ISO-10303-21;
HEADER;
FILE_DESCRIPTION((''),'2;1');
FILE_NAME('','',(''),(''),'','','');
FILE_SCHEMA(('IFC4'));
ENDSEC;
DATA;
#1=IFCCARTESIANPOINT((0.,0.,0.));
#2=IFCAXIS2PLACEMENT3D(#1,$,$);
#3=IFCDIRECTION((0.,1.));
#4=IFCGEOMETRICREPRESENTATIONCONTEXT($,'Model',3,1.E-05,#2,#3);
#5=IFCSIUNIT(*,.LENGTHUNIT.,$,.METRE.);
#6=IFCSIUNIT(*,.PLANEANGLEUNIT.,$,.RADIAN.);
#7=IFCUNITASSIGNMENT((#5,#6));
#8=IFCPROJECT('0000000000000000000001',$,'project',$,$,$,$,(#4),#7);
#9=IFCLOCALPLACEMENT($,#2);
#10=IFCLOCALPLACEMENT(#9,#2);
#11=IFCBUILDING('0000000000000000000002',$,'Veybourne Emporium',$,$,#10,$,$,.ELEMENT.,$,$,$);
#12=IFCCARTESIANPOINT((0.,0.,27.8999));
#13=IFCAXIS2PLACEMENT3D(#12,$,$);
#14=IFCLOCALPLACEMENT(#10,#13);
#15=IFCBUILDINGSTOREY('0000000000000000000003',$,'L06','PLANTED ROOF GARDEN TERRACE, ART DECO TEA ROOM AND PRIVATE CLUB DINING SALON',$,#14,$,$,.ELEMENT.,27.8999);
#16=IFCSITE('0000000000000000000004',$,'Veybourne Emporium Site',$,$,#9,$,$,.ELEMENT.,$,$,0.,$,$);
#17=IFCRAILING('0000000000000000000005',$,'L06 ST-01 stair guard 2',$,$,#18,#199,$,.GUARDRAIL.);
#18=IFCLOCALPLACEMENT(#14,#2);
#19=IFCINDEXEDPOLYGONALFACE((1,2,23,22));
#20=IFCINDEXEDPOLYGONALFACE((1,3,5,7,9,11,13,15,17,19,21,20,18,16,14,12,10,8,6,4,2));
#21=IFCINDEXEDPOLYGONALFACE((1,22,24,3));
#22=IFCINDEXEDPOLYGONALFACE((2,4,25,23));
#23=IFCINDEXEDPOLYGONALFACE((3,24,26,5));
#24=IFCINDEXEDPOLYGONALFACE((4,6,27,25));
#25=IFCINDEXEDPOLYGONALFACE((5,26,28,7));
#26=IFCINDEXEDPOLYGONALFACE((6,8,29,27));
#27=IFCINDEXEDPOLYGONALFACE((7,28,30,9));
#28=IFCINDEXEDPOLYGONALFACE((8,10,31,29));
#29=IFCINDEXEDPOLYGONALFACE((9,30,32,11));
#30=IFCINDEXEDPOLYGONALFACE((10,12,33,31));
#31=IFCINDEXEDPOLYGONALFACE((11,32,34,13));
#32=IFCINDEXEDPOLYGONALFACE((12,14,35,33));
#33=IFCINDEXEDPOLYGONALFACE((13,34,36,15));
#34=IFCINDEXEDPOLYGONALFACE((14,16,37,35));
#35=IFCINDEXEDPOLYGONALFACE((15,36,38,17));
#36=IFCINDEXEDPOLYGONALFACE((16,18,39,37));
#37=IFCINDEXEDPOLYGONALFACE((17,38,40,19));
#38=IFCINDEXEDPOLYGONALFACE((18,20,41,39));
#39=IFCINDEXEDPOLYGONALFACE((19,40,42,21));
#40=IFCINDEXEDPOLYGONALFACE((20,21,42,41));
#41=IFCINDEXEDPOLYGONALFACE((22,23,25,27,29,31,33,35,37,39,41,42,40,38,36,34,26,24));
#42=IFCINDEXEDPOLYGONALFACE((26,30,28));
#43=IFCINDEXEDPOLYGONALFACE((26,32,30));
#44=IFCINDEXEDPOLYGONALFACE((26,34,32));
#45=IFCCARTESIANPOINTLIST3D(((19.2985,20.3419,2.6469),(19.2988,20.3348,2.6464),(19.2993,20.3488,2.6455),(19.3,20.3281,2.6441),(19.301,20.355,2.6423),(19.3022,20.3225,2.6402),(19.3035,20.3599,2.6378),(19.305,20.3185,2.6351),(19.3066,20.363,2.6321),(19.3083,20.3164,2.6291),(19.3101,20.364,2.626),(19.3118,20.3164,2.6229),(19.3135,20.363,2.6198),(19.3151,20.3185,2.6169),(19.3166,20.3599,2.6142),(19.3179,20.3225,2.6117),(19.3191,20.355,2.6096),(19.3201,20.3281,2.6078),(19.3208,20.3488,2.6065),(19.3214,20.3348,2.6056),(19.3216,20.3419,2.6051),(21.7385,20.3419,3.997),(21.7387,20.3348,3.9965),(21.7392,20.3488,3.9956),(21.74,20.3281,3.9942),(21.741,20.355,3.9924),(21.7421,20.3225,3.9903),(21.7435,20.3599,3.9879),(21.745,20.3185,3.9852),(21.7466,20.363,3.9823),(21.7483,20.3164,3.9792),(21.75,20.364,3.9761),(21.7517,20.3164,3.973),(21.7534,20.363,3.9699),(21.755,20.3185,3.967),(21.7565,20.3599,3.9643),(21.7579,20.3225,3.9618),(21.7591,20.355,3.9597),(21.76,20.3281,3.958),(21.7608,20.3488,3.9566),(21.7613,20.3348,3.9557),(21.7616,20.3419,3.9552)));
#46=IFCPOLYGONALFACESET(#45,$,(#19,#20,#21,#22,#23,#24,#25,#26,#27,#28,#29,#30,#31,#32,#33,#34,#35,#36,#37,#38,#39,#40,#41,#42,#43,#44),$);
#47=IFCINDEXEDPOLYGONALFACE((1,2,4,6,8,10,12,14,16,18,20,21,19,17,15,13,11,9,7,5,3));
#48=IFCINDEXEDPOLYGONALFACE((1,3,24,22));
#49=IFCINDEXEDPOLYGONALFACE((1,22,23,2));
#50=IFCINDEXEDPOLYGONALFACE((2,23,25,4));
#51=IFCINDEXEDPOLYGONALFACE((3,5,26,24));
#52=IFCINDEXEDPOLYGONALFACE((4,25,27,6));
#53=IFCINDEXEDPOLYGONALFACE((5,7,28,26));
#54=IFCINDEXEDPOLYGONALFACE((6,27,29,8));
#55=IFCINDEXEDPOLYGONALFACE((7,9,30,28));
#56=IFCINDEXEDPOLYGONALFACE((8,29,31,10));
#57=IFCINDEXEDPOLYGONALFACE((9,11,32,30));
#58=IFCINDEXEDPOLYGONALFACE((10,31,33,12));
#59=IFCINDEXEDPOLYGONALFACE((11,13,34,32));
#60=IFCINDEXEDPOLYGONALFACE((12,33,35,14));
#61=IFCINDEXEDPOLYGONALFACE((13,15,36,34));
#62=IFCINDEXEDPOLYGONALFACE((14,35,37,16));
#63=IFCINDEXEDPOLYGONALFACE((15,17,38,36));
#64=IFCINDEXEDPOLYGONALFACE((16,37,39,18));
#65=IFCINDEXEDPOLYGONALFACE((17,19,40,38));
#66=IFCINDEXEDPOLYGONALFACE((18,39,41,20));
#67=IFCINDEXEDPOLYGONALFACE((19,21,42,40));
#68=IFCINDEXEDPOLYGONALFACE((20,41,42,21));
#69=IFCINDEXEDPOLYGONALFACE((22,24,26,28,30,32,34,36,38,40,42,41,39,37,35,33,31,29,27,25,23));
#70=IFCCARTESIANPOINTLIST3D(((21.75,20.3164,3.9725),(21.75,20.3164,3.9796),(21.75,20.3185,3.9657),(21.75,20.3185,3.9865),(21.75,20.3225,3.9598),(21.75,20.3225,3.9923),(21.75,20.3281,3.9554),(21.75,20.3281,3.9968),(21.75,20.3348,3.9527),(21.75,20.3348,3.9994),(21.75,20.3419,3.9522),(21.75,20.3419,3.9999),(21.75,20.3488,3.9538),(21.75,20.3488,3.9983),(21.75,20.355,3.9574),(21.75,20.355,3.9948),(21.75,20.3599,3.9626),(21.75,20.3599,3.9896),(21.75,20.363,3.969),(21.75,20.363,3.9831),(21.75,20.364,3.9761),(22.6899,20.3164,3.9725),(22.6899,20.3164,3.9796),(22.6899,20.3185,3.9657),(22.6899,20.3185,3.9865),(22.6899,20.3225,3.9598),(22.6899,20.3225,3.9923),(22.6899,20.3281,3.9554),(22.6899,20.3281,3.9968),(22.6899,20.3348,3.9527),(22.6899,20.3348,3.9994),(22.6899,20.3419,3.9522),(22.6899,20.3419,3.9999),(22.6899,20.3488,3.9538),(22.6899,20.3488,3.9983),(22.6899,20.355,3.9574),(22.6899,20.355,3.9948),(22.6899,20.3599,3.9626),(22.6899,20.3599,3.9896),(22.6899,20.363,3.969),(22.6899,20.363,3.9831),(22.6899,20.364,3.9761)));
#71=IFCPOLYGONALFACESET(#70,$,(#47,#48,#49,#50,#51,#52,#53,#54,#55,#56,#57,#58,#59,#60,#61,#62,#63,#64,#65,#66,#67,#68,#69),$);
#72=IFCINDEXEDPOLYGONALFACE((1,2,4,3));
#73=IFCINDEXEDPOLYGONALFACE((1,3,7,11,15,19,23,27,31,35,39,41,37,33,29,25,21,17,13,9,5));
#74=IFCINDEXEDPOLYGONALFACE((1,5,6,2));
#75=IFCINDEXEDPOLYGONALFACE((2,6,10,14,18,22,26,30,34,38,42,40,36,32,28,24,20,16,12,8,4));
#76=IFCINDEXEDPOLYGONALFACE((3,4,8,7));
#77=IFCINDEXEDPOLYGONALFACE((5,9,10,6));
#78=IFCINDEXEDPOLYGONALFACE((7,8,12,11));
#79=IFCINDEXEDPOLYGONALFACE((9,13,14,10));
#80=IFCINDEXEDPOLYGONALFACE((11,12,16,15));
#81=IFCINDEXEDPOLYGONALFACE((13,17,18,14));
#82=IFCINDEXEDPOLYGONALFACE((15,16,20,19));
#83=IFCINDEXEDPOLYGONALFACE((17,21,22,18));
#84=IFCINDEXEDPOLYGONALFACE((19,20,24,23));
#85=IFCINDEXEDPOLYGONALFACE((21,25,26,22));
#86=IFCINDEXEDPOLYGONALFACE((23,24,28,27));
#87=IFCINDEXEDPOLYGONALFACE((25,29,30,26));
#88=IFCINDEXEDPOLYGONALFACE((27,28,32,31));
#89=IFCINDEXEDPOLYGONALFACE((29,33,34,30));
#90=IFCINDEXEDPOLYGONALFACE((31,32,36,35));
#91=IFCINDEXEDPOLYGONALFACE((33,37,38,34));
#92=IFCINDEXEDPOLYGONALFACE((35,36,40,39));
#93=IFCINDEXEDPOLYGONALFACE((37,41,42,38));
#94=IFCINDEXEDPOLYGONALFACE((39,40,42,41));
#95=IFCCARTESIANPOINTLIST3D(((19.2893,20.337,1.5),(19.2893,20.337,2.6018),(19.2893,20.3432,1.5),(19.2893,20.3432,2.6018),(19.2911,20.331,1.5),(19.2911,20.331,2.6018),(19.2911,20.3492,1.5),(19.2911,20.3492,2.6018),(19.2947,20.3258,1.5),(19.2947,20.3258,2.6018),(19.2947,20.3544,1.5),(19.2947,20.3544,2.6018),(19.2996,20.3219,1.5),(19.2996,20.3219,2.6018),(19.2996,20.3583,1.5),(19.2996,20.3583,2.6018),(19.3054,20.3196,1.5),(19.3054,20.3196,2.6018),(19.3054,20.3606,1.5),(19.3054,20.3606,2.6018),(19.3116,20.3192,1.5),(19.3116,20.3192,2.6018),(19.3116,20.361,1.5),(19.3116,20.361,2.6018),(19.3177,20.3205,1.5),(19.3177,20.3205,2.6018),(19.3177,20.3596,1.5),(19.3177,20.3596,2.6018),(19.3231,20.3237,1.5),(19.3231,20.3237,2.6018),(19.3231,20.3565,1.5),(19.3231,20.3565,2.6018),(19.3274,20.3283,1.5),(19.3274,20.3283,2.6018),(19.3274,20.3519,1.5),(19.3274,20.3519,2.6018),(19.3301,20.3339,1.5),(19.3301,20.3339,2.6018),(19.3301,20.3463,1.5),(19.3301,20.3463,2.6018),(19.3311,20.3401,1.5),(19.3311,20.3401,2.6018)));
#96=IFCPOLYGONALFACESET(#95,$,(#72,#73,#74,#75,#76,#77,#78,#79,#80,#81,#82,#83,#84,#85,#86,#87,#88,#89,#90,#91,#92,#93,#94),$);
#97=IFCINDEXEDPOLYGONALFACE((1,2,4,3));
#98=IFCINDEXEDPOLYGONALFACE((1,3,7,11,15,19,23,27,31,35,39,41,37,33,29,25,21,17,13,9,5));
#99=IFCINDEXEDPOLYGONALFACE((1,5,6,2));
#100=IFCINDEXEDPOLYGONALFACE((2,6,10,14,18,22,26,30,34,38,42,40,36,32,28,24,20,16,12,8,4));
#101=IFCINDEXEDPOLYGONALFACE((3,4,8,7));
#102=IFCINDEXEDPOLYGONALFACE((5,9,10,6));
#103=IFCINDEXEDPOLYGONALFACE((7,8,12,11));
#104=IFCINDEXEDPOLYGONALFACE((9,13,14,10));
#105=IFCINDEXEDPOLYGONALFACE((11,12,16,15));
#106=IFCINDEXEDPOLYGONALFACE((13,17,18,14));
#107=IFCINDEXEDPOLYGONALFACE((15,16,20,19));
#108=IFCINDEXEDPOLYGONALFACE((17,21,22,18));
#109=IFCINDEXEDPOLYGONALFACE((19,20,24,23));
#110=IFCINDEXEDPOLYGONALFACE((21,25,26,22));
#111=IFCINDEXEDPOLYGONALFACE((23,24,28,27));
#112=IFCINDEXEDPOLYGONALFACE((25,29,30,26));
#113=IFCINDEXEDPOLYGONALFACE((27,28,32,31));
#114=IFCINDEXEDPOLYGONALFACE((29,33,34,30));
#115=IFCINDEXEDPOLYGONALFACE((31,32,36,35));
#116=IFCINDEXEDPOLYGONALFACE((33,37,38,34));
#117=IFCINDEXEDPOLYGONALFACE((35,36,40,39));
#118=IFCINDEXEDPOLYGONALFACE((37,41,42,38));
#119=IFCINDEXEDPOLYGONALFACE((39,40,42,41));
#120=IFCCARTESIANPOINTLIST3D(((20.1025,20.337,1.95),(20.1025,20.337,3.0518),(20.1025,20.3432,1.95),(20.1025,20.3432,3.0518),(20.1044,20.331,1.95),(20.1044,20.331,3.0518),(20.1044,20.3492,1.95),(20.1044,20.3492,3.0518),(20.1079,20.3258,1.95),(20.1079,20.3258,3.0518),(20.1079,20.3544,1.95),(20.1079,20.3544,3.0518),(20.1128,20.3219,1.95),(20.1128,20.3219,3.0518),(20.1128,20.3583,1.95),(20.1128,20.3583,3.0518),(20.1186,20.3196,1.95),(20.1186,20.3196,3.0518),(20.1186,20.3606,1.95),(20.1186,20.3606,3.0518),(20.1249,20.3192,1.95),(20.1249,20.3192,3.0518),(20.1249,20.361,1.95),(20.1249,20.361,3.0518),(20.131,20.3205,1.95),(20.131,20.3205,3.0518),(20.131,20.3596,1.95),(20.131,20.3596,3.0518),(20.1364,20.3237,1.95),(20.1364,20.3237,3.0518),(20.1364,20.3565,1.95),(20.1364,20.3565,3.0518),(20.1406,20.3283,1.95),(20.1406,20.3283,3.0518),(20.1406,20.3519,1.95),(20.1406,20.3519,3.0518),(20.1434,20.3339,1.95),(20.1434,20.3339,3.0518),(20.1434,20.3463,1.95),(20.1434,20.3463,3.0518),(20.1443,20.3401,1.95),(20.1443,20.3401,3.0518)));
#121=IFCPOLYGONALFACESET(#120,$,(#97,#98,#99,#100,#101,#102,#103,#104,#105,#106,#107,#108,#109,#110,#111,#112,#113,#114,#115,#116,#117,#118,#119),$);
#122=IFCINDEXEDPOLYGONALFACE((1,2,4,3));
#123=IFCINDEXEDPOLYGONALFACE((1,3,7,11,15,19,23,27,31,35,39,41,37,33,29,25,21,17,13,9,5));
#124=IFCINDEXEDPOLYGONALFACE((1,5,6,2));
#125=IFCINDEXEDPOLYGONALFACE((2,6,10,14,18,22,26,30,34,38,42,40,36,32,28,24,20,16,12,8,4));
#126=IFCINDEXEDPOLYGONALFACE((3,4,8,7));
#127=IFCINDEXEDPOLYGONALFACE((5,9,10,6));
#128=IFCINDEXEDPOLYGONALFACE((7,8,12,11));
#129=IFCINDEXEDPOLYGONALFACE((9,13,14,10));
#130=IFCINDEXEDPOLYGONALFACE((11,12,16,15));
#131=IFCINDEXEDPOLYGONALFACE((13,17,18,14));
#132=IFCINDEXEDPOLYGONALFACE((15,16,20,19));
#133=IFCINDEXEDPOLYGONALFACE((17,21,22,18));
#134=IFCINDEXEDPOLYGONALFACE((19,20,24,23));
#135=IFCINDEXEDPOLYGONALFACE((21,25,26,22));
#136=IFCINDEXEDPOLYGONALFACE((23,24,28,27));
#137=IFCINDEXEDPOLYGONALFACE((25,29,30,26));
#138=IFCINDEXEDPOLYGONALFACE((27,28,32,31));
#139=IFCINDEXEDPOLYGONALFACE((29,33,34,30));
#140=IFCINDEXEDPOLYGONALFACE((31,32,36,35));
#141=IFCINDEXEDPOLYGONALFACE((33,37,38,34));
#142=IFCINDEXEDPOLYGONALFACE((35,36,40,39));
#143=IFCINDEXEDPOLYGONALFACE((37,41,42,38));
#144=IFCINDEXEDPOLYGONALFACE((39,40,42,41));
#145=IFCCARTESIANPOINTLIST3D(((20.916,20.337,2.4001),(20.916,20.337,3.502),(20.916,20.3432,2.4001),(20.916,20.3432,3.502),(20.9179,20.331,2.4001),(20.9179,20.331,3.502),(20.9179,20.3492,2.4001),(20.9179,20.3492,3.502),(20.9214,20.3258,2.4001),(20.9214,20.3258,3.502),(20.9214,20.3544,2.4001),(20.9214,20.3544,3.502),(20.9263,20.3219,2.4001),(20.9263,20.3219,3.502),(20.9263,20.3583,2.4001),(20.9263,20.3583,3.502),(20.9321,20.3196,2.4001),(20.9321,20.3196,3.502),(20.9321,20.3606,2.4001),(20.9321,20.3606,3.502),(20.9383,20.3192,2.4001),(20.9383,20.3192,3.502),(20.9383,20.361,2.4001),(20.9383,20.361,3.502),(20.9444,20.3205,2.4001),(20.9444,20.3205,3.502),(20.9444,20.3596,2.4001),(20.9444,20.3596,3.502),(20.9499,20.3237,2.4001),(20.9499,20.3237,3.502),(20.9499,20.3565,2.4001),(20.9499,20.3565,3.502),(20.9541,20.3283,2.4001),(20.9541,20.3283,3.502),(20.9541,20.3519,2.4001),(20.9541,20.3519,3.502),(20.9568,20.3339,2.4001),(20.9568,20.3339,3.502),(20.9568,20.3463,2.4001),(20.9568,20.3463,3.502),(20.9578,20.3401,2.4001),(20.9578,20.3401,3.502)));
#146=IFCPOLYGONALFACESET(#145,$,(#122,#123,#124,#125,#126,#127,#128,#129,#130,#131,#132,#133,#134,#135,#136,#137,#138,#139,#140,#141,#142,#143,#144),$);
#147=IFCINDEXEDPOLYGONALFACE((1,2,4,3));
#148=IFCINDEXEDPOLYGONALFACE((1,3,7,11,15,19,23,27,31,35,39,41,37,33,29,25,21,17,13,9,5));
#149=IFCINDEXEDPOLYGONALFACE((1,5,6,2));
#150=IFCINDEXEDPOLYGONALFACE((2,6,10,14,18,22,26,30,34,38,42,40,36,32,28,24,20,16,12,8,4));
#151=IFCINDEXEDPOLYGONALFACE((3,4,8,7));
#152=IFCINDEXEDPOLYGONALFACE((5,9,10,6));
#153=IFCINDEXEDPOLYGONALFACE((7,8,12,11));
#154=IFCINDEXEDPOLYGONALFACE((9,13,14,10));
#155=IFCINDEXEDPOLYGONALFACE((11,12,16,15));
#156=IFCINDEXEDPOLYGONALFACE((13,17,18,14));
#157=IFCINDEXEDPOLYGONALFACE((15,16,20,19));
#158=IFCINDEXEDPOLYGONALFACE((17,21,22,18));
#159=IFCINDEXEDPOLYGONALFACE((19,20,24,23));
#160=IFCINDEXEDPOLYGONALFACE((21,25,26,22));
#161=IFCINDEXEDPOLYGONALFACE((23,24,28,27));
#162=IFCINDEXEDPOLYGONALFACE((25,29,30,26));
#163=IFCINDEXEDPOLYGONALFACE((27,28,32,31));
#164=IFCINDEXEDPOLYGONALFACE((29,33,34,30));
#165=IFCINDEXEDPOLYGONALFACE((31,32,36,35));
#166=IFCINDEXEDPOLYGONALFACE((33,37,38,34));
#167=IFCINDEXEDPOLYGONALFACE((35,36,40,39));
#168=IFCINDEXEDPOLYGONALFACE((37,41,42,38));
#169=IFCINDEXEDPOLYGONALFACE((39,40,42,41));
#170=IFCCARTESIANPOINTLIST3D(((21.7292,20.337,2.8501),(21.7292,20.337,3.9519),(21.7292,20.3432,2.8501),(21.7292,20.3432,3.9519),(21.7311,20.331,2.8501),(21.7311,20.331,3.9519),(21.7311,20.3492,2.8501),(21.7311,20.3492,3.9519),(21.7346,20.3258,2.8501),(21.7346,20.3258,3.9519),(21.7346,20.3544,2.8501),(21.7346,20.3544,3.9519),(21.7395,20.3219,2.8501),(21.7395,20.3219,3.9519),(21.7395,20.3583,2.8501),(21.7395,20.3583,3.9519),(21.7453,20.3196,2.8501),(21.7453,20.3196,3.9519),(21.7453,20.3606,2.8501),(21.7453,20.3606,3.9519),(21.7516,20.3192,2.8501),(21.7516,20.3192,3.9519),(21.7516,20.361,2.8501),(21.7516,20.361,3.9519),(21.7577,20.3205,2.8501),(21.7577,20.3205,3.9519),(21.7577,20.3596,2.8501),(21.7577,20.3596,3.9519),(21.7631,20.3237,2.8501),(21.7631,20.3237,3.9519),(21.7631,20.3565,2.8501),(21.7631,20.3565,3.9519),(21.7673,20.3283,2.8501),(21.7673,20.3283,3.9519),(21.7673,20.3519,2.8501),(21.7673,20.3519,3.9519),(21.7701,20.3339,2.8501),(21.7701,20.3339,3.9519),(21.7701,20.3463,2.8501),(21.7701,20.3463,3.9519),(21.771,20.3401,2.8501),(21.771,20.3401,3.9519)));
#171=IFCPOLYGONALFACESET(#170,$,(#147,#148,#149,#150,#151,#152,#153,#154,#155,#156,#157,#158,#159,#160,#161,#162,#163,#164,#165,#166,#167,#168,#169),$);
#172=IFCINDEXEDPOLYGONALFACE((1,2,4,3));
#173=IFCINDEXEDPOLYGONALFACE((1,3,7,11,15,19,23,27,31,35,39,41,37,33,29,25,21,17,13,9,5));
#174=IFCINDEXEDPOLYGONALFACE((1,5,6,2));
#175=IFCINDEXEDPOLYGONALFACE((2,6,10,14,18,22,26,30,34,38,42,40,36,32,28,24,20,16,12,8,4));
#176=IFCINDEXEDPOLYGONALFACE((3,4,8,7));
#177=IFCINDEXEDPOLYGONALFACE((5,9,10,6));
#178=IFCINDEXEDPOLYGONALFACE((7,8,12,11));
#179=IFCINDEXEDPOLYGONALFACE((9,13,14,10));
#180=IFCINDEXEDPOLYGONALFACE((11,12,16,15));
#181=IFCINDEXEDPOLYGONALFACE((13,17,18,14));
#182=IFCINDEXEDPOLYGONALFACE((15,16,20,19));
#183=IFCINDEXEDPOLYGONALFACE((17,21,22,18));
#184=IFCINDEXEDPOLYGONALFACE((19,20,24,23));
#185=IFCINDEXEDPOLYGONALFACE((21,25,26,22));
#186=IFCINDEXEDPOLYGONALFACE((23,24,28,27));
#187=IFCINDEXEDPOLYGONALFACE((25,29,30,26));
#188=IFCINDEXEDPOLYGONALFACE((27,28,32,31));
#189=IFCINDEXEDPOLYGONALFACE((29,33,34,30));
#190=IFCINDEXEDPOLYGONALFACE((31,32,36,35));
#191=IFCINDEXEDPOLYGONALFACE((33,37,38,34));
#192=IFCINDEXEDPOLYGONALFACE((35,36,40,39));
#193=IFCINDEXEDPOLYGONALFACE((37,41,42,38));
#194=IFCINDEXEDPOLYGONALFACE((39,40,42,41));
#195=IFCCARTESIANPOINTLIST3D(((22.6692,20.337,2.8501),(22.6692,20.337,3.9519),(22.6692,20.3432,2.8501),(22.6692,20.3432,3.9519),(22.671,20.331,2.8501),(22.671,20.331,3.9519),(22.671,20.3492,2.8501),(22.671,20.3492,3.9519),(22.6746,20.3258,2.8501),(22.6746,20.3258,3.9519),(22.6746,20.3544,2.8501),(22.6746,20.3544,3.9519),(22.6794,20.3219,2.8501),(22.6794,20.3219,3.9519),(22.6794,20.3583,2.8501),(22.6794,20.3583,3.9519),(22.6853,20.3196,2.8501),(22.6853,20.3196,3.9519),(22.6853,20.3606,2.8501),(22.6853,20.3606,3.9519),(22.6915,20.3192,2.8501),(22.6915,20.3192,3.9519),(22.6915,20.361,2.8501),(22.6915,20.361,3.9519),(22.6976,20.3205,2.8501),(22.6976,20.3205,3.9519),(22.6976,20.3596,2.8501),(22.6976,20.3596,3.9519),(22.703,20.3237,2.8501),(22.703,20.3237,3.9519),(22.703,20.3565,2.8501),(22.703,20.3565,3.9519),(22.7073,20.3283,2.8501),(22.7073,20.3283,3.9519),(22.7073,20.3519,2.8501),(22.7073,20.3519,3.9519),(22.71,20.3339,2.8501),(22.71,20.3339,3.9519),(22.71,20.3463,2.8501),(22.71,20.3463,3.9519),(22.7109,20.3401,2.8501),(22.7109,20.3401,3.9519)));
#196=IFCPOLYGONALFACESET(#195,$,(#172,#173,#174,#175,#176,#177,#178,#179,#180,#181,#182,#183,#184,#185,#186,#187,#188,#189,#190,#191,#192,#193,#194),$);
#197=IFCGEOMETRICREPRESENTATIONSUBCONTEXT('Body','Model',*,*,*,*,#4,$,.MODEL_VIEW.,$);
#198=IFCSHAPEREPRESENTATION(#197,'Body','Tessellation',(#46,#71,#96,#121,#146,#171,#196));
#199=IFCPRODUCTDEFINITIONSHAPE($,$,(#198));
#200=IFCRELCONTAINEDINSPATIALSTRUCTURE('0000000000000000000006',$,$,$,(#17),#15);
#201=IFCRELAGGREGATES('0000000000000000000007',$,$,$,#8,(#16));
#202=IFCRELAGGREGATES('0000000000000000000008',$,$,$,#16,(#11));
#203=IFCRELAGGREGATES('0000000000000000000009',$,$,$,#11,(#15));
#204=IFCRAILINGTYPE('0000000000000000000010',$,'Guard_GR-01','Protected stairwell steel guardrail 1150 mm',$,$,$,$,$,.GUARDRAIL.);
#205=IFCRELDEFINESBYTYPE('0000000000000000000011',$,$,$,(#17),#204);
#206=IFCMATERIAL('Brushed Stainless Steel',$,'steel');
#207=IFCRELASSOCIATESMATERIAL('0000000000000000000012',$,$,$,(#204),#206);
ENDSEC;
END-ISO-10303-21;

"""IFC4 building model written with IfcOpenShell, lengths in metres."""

from ifc_helpers import new_model, si_unit, direction, frame, origin, origin_2d, place, context, subcontext, project, spatial, circle, extrude, material, type_object, element, save


model = new_model("IFC4")

# Units and contexts
model_context = context("Model", 3, precision=1e-05, world=origin(), true_north=direction((0.0, 1.0)))
body_context = subcontext(model_context, "Body", "Model", "MODEL_VIEW")
ifc_project = project(units=[si_unit("LENGTHUNIT", "METRE"), si_unit("PLANEANGLEUNIT", "RADIAN")], contexts=[model_context])

# Site, building, storey
site_placement = place(None, origin())
site = spatial("IfcSite", under=ifc_project, at=site_placement, Name="Veybourne Emporium Site", CompositionType="ELEMENT", RefElevation=0.0)
building_placement = place(site_placement, origin())
building = spatial("IfcBuilding", under=site, at=building_placement, Name="Veybourne Emporium", CompositionType="ELEMENT")
storey_placement = place(building_placement, frame((0.0, 0.0, 27.8999)))
storey = spatial("IfcBuildingStorey", under=building, at=storey_placement, Name="L06", Description="PLANTED ROOF GARDEN TERRACE, ART DECO TEA ROOM AND PRIVATE CLUB DINING SALON", CompositionType="ELEMENT", Elevation=27.8999)

# Railing
ifc_material_1 = material(Name="Brushed Stainless Steel", Category="steel")
railing_type_1 = type_object("IfcRailingType", Name="Guard_GR-01", Description="Protected stairwell steel guardrail 1150 mm", PredefinedType="GUARDRAIL", material=ifc_material_1)
railing_1_placement = place(storey_placement, frame((19.3101, 20.3401, 1.5)))
element("IfcRailing", 1, at=railing_1_placement, inside=storey, type_object=railing_type_1, Name="L06 ST-01 stair guard 2", PredefinedType="GUARDRAIL", context=body_context, shape_type="SweptSolid", body=[
    extrude(circle(Radius=0.0239, at=origin_2d()), frame((0.0, 0.0, 1.126), z_axis=(0.874982, 0.0, 0.484156), x_axis=(0.0, 1.0, 0.0)), (0.0, 0.0, 1.0), 2.7886),
    extrude(circle(Radius=0.0239, at=origin_2d()), frame((2.4399, 0.0, 2.4761), z_axis=(1.0, 0.0, 0.0), x_axis=(0.0, 1.0, 0.0)), (0.0, 0.0, 1.0), 0.9399),
    extrude(circle(Radius=0.021, at=origin_2d()), origin(), (0.0, 0.0, 1.0), 1.1018),
    extrude(circle(Radius=0.021, at=origin_2d()), frame((0.8132, 0.0, 0.45)), (0.0, 0.0, 1.0), 1.1018),
    extrude(circle(Radius=0.021, at=origin_2d()), frame((1.6267, 0.0, 0.9001)), (0.0, 0.0, 1.0), 1.1018),
    extrude(circle(Radius=0.021, at=origin_2d()), frame((2.4399, 0.0, 1.3501)), (0.0, 0.0, 1.0), 1.1018),
    extrude(circle(Radius=0.021, at=origin_2d()), frame((3.3799, 0.0, 1.3501)), (0.0, 0.0, 1.0), 1.1018),
])

save(model, "model.ifc")
